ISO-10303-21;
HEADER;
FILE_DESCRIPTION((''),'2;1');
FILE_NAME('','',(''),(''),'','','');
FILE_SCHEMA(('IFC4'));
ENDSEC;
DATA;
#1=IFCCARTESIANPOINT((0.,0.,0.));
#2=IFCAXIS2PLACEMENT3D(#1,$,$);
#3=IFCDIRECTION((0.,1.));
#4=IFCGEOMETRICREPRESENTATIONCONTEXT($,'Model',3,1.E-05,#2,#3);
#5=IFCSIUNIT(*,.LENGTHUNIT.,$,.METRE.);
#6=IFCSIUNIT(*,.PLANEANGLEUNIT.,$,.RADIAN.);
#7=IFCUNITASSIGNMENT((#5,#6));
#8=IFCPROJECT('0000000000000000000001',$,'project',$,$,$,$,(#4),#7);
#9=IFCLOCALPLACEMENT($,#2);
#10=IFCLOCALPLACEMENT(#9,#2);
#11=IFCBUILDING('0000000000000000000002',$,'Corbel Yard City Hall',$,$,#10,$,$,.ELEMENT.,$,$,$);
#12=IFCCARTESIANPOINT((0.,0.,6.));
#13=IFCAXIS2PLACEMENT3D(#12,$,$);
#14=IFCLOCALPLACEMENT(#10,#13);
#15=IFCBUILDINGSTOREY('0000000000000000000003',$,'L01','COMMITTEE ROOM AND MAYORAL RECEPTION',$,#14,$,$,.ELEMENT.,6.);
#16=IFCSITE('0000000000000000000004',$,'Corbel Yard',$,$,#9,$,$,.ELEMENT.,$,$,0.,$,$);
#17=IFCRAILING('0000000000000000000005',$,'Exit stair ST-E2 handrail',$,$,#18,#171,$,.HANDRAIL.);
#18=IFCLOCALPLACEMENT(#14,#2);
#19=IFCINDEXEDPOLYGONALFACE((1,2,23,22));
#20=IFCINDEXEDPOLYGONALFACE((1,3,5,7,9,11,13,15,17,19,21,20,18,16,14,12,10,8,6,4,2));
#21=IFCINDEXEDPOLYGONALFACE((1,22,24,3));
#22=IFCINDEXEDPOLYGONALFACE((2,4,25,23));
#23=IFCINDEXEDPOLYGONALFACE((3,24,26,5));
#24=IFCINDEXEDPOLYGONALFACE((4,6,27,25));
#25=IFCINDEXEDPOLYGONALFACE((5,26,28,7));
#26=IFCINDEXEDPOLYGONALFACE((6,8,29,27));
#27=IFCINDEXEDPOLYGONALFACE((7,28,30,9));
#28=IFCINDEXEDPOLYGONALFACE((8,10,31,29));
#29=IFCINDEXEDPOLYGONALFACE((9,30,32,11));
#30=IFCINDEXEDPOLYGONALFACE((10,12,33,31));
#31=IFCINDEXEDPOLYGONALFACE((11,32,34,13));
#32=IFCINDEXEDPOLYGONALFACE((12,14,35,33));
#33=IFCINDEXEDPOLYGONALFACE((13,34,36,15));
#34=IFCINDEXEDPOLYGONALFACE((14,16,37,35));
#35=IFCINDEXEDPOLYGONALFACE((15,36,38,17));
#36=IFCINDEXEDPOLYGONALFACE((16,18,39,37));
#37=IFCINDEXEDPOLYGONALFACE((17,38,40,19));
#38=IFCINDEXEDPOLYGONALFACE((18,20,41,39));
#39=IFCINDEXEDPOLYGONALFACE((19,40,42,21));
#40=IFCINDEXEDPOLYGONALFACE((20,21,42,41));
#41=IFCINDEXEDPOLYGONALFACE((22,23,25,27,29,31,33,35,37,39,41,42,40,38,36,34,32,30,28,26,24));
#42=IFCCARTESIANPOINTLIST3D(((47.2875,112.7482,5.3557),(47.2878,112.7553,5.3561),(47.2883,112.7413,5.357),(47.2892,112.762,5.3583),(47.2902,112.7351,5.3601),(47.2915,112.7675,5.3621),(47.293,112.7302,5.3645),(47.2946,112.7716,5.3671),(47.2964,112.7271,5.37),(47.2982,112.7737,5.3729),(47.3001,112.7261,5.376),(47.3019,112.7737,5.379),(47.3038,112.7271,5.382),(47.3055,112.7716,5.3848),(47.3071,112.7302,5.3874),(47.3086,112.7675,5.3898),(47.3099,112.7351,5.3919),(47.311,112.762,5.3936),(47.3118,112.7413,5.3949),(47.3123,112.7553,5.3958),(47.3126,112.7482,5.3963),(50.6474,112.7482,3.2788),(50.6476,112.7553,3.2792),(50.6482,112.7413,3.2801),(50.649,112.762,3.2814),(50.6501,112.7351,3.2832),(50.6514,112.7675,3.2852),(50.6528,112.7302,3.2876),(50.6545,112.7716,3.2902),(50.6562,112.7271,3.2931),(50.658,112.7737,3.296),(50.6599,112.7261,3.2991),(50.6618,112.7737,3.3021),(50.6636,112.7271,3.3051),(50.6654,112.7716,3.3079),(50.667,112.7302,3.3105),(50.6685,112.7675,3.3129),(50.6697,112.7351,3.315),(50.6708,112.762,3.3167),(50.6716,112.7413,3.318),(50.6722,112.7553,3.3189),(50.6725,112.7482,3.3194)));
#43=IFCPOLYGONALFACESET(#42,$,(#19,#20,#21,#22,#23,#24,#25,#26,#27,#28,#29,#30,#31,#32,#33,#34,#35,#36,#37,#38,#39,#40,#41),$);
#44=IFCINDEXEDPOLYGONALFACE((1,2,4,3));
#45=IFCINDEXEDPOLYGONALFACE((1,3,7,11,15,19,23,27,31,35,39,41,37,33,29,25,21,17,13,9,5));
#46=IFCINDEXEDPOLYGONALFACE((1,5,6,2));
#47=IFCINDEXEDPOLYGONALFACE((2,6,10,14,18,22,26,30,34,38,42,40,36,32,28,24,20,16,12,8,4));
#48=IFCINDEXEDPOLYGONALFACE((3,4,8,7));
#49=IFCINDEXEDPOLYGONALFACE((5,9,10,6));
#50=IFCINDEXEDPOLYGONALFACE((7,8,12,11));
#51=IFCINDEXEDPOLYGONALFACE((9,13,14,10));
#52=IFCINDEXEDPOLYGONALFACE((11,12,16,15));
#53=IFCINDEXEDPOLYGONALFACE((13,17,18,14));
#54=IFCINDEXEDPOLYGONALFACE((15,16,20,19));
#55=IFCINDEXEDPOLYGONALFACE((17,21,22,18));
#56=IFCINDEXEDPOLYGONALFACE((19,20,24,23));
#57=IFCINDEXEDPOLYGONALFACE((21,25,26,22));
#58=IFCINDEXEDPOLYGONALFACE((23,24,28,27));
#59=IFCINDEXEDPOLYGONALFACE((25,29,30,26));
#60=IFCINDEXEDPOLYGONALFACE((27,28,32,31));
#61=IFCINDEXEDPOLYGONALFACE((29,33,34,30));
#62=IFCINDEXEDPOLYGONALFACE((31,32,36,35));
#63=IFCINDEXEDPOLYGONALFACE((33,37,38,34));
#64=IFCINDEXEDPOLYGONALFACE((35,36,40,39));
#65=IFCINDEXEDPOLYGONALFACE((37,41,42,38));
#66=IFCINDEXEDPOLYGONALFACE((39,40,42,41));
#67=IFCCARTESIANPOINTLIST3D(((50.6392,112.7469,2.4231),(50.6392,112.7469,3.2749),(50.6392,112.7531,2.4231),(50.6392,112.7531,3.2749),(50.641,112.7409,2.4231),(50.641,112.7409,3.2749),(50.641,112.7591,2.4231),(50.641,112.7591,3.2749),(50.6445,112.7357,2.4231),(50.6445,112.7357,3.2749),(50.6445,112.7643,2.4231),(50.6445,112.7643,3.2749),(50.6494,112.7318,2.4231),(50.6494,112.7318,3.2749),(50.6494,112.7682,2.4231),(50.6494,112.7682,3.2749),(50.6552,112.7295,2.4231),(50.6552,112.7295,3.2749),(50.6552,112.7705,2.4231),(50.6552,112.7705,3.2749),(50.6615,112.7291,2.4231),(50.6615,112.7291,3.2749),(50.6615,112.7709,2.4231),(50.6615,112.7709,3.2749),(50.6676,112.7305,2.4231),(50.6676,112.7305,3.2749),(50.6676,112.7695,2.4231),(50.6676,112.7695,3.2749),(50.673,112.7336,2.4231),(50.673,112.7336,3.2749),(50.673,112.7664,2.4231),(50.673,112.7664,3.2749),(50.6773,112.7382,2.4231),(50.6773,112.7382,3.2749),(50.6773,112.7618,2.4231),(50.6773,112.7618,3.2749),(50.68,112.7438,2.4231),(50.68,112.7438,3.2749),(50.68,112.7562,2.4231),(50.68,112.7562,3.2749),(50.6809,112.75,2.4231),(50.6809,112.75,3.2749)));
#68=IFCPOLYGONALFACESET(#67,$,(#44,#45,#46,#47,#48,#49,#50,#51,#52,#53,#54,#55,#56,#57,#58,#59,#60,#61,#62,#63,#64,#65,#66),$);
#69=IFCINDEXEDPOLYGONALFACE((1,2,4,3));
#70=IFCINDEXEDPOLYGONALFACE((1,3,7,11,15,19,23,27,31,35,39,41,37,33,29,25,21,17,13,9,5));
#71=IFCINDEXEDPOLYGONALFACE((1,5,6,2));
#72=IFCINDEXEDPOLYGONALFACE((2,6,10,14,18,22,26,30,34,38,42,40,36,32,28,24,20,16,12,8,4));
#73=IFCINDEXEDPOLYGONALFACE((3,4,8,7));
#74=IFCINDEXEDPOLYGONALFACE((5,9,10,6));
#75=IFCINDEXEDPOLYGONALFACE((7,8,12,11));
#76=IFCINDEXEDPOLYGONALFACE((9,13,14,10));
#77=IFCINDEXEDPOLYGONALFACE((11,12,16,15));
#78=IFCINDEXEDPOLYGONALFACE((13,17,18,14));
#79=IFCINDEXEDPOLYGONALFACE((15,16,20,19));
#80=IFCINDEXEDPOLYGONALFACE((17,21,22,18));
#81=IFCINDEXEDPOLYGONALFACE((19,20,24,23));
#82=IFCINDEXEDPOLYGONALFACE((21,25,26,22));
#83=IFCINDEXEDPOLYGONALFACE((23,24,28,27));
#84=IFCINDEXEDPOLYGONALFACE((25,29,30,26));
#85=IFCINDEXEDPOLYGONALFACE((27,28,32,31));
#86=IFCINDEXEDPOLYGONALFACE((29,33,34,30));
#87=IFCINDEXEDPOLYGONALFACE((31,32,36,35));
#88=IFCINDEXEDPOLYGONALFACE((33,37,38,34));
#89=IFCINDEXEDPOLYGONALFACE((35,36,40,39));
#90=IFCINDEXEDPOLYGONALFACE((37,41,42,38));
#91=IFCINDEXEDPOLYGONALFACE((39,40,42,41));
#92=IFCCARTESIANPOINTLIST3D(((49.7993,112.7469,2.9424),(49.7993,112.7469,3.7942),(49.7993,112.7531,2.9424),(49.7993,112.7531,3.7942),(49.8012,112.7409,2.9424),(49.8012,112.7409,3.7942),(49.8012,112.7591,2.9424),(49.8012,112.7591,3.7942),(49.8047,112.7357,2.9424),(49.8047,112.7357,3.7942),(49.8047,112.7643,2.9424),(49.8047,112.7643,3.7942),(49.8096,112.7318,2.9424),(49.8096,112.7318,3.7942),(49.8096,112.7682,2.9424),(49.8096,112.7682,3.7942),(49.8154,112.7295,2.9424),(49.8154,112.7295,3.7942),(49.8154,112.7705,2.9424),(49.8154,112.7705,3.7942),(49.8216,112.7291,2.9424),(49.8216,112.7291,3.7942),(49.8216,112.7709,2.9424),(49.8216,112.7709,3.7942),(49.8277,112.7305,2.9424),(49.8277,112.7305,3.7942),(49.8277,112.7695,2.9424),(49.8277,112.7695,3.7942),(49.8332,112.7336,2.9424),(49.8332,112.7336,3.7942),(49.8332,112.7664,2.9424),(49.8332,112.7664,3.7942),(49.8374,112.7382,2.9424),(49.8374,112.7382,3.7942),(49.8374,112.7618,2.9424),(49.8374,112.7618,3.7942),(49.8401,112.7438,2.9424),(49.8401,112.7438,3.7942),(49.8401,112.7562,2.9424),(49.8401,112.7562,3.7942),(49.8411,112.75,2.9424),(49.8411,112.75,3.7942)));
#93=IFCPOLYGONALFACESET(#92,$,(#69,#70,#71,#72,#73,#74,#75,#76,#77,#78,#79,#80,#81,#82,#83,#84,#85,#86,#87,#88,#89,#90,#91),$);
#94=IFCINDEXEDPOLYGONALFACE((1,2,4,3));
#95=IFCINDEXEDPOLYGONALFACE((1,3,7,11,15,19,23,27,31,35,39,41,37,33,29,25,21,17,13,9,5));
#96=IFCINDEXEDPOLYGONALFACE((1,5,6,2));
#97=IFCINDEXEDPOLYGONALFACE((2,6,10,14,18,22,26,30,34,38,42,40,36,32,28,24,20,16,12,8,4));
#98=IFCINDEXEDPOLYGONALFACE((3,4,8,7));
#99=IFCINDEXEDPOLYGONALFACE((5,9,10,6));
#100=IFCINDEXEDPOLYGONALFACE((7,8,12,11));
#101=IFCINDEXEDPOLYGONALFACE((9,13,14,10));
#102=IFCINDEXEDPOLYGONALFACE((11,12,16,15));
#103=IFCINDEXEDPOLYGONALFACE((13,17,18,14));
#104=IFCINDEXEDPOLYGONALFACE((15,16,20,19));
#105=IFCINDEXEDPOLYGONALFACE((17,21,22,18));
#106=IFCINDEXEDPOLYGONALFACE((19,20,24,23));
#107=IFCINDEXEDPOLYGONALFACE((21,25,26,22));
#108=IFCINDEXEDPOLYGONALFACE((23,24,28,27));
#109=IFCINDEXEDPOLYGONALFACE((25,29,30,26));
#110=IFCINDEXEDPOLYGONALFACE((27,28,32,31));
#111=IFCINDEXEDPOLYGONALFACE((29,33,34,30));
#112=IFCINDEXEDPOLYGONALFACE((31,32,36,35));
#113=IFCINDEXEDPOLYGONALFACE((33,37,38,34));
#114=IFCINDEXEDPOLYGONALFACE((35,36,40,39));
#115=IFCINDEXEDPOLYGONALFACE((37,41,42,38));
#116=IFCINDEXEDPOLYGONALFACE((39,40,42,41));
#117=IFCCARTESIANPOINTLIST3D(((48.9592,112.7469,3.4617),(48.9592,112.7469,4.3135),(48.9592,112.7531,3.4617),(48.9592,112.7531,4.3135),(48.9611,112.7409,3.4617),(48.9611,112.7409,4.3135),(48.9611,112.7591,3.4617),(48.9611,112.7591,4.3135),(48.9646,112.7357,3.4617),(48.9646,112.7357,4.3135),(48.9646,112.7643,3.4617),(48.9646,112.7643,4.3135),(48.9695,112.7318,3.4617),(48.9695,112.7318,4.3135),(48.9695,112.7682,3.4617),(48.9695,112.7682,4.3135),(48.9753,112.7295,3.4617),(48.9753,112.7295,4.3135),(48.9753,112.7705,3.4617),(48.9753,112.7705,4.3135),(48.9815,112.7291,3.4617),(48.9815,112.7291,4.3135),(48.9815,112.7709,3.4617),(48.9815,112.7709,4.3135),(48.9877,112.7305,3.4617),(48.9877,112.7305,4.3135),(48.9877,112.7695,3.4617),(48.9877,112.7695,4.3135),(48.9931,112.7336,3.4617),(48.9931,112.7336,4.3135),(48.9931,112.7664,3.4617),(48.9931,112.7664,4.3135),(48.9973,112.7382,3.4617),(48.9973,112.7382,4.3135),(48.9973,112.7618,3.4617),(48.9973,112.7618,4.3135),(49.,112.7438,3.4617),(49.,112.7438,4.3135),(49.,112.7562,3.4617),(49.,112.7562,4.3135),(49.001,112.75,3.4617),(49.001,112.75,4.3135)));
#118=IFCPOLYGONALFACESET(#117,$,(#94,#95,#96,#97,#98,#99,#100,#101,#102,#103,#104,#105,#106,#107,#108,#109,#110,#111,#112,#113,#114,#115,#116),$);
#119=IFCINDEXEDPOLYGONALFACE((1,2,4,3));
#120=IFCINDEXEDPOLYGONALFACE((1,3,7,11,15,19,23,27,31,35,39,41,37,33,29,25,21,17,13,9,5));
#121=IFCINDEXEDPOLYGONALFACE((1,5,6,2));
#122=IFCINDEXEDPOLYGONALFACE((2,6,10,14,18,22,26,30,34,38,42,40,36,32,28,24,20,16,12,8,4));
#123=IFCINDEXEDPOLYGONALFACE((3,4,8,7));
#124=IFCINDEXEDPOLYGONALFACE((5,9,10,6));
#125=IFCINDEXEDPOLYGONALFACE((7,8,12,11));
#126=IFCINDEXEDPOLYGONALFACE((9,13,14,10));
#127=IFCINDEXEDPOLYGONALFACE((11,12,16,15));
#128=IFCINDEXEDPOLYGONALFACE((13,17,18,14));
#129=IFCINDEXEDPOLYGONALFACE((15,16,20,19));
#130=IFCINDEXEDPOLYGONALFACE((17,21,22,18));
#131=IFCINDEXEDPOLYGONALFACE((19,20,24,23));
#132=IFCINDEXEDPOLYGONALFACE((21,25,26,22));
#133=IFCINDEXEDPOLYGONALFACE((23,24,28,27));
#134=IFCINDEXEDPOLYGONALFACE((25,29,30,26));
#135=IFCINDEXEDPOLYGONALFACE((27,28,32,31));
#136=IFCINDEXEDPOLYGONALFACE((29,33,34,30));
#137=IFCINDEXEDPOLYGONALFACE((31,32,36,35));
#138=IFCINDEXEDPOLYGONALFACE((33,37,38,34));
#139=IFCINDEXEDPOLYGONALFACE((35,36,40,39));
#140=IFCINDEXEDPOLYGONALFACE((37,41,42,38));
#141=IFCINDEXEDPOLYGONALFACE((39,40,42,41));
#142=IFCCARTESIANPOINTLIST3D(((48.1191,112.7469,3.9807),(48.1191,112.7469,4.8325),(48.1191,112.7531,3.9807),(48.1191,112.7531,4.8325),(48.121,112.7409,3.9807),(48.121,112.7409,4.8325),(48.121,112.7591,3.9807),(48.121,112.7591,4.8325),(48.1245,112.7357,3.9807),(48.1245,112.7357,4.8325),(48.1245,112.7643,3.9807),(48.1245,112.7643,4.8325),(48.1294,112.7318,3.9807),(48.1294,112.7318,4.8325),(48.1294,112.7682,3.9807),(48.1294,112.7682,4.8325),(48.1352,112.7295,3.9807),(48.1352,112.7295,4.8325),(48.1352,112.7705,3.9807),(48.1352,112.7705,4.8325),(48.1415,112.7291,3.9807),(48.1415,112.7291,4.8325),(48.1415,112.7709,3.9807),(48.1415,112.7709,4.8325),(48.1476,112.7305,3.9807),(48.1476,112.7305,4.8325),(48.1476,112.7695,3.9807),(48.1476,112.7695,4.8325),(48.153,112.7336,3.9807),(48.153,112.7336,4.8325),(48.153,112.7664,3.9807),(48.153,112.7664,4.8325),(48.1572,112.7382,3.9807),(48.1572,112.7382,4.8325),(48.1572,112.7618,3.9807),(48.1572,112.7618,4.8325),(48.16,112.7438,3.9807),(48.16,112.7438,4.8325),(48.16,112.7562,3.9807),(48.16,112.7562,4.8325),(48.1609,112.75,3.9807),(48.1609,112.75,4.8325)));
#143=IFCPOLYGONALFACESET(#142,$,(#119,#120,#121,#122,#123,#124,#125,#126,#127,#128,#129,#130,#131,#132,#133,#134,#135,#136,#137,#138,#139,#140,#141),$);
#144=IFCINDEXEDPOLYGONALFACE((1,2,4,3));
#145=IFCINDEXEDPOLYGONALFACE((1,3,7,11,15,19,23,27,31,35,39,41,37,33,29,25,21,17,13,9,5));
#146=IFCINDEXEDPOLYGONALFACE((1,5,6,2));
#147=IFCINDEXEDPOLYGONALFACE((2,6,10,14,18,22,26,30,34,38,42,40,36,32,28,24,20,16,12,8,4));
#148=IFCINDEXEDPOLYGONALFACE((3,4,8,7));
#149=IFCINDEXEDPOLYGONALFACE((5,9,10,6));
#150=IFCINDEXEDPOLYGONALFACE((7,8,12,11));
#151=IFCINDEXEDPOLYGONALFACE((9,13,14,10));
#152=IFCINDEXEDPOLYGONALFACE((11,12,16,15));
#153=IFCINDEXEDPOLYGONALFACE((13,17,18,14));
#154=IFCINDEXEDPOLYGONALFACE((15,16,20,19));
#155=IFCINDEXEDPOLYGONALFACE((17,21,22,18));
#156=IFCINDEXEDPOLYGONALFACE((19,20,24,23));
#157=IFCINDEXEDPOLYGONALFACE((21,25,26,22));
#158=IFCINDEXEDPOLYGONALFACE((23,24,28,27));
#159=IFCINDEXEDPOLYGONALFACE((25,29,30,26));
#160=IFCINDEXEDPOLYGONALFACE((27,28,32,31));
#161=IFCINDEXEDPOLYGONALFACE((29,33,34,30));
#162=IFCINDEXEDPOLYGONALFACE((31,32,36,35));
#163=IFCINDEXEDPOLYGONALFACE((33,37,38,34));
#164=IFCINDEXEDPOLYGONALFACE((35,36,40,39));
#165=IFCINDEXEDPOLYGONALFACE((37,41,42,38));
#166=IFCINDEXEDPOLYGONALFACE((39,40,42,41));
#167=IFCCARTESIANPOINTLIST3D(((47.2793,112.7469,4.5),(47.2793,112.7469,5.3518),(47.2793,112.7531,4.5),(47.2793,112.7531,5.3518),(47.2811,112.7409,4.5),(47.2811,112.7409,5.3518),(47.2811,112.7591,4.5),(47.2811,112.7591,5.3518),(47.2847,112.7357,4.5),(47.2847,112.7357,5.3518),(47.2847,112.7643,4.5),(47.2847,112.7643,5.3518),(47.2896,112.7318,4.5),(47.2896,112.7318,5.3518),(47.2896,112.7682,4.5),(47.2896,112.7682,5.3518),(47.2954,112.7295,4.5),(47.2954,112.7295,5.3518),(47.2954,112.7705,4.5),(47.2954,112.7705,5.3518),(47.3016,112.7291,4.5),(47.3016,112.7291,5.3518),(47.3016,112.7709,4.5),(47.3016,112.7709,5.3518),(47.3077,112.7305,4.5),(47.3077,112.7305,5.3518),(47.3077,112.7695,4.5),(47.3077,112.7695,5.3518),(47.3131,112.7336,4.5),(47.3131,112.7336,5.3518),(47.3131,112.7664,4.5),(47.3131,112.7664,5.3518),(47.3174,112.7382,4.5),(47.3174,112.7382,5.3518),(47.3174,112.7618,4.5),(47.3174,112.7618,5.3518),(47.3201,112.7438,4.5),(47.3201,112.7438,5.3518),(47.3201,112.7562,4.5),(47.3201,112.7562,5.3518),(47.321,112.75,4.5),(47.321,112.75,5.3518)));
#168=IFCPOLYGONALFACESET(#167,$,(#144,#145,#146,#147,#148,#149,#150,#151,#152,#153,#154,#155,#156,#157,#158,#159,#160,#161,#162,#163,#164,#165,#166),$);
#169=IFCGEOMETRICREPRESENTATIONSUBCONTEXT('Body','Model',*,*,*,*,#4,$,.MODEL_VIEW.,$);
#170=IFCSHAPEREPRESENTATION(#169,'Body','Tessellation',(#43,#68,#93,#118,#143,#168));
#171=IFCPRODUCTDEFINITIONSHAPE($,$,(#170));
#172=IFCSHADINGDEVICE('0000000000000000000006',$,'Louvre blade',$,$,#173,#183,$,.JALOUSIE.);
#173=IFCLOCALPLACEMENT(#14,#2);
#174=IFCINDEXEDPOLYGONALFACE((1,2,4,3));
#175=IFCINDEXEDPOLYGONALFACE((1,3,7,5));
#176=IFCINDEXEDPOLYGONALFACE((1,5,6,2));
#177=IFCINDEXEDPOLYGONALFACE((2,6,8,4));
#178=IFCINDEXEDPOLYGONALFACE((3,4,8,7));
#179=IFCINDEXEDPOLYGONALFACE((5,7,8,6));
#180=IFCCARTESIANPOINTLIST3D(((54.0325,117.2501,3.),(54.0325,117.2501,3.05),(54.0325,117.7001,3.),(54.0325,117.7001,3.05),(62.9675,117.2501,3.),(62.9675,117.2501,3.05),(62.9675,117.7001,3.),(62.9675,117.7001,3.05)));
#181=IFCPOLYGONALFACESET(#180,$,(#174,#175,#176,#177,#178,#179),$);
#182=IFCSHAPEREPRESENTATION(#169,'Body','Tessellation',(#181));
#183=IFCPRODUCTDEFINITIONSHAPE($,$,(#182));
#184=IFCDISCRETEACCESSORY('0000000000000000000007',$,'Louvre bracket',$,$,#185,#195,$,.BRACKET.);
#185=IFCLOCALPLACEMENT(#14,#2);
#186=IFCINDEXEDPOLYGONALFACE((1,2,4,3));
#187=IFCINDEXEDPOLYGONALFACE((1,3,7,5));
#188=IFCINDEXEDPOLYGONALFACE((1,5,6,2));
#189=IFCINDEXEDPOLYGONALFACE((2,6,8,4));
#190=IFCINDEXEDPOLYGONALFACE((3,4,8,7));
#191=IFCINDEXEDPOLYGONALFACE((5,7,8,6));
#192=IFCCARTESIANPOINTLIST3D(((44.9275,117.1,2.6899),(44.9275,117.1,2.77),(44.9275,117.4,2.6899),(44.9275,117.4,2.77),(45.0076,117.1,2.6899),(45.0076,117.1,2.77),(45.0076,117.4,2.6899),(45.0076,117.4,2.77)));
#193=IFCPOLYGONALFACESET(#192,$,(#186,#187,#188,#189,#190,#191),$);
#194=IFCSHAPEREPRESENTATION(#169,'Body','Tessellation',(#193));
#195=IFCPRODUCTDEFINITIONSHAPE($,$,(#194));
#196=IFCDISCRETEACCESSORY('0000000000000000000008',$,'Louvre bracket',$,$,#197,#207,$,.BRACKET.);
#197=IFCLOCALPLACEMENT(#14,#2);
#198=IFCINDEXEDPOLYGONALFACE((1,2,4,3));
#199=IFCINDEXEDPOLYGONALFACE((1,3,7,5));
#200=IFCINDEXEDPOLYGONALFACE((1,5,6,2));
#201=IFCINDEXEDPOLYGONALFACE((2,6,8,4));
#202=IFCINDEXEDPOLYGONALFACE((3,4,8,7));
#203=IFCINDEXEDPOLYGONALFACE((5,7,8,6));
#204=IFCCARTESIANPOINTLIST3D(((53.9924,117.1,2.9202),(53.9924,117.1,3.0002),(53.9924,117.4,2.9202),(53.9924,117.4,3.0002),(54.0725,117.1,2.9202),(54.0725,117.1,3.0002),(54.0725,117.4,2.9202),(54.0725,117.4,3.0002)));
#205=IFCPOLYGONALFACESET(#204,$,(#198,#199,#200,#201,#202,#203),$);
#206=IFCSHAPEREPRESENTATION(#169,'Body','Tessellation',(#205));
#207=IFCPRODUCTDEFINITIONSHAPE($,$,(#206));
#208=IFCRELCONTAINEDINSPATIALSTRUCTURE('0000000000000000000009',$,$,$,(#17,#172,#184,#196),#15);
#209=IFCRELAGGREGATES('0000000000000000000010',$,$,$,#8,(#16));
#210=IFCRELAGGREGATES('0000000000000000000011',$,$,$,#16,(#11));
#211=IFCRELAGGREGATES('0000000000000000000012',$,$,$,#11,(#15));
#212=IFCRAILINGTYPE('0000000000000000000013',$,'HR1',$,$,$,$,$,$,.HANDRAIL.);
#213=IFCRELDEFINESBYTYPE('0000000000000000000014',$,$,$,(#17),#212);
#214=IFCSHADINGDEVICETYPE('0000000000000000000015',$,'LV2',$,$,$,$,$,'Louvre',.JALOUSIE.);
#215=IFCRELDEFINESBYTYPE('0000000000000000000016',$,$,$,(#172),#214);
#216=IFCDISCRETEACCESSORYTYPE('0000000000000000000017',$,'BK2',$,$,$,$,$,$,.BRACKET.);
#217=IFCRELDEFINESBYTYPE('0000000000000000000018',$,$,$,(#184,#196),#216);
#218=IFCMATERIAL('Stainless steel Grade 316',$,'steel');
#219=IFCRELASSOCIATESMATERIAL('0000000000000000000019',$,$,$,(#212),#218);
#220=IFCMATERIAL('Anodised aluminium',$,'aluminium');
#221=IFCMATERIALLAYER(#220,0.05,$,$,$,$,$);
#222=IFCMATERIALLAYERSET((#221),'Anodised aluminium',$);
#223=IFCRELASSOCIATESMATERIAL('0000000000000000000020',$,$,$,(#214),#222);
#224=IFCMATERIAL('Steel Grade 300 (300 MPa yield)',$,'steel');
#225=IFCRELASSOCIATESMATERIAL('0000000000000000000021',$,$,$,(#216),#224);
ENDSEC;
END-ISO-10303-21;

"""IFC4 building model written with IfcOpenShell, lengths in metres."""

from ifc_helpers import new_model, si_unit, direction, frame, origin, origin_2d, place, context, subcontext, project, spatial, rectangle, circle, extrude, material, layer, layer_set, type_object, element, save


model = new_model("IFC4")

# Units and contexts
model_context = context("Model", 3, precision=1e-05, world=origin(), true_north=direction((0.0, 1.0)))
body_context = subcontext(model_context, "Body", "Model", "MODEL_VIEW")
ifc_project = project(units=[si_unit("LENGTHUNIT", "METRE"), si_unit("PLANEANGLEUNIT", "RADIAN")], contexts=[model_context])

# Site, building, storey
site_placement = place(None, origin())
site = spatial("IfcSite", under=ifc_project, at=site_placement, Name="Corbel Yard", CompositionType="ELEMENT", RefElevation=0.0)
building_placement = place(site_placement, origin())
building = spatial("IfcBuilding", under=site, at=building_placement, Name="Corbel Yard City Hall", CompositionType="ELEMENT")
storey_placement = place(building_placement, frame((0.0, 0.0, 6.0)))
storey = spatial("IfcBuildingStorey", under=building, at=storey_placement, Name="L01", Description="COMMITTEE ROOM AND MAYORAL RECEPTION", CompositionType="ELEMENT", Elevation=6.0)

# Shared definitions
ifc_material_1 = material(Name="Steel Grade 300 (300 MPa yield)", Category="steel")

# Railing
ifc_material_2 = material(Name="Stainless steel Grade 316", Category="steel")
railing_type = type_object("IfcRailingType", Name="HR1", PredefinedType="HANDRAIL", material=ifc_material_2)
for number, where, name in (
    (1, (50.6599, 112.75, 2.4231), "Exit stair ST-E2 handrail"),
):
    element("IfcRailing", number, at=place(storey_placement, frame(where)), inside=storey, type_object=railing_type, Name=name, PredefinedType="HANDRAIL", context=body_context, shape_type="SweptSolid", body=[
        extrude(circle(Radius=0.0239, at=origin_2d()), frame((0.0, 0.0, 0.876), z_axis=(-0.850606, 0.0, 0.525803), x_axis=(0.0, -1.0, 0.0)), (0.0, 0.0, 1.0), 3.95),
        extrude(circle(Radius=0.021, at=origin_2d()), origin(), (0.0, 0.0, 1.0), 0.8518),
        extrude(circle(Radius=0.021, at=origin_2d()), frame((-0.8398, 0.0, 0.5193)), (0.0, 0.0, 1.0), 0.8518),
        extrude(circle(Radius=0.021, at=origin_2d()), frame((-1.6799, 0.0, 1.0386)), (0.0, 0.0, 1.0), 0.8518),
        extrude(circle(Radius=0.021, at=origin_2d()), frame((-2.52, 0.0, 1.5576)), (0.0, 0.0, 1.0), 0.8518),
        extrude(circle(Radius=0.021, at=origin_2d()), frame((-3.3599, 0.0, 2.0769)), (0.0, 0.0, 1.0), 0.8518),
    ])

# Shading device
ifc_material_3 = material(Name="Anodised aluminium", Category="aluminium")
ifc_layer_1 = layer(ifc_material_3, 0.05)
ifc_layer_set_1 = layer_set([ifc_layer_1], Name="Anodised aluminium")
shading_device_type = type_object("IfcShadingDeviceType", Name="LV2", ElementType="Louvre", PredefinedType="JALOUSIE", material=ifc_layer_set_1)
shading_device_placement = place(storey_placement, frame((58.5, 117.4751, 3.0), z_axis=(0.0, 0.0, 1.0), x_axis=(1.0, 0.0, 0.0)))
element("IfcShadingDevice", 2, at=shading_device_placement, inside=storey, type_object=shading_device_type, Name="Louvre blade", PredefinedType="JALOUSIE", context=body_context, shape_type="SweptSolid", body=[
    extrude(rectangle(XDim=8.9351, YDim=0.45, at=origin_2d()), origin(), (0.0, 0.0, 1.0), 0.05),
])

# Discrete accessories
discrete_accessory_type = type_object("IfcDiscreteAccessoryType", Name="BK2", PredefinedType="BRACKET", material=ifc_material_1)
for number, where, z_axis, x_axis, name in (
    (3, (44.9675, 117.25, 2.6899), (0.0, 0.0, 1.0), (1.0, 0.0, 0.0), "Louvre bracket"),
    (4, (54.0325, 117.25, 2.9202), (0.0, 0.0, 1.0), (1.0, 0.0, 0.0), "Louvre bracket"),
):
    element("IfcDiscreteAccessory", number, at=place(storey_placement, frame(where, z_axis=z_axis, x_axis=x_axis)), inside=storey, type_object=discrete_accessory_type, Name=name, PredefinedType="BRACKET", context=body_context, shape_type="SweptSolid", body=[
        extrude(rectangle(XDim=0.0801, YDim=0.3, at=origin_2d()), origin(), (0.0, 0.0, 1.0), 0.0801),
    ])

save(model, "model.ifc")
